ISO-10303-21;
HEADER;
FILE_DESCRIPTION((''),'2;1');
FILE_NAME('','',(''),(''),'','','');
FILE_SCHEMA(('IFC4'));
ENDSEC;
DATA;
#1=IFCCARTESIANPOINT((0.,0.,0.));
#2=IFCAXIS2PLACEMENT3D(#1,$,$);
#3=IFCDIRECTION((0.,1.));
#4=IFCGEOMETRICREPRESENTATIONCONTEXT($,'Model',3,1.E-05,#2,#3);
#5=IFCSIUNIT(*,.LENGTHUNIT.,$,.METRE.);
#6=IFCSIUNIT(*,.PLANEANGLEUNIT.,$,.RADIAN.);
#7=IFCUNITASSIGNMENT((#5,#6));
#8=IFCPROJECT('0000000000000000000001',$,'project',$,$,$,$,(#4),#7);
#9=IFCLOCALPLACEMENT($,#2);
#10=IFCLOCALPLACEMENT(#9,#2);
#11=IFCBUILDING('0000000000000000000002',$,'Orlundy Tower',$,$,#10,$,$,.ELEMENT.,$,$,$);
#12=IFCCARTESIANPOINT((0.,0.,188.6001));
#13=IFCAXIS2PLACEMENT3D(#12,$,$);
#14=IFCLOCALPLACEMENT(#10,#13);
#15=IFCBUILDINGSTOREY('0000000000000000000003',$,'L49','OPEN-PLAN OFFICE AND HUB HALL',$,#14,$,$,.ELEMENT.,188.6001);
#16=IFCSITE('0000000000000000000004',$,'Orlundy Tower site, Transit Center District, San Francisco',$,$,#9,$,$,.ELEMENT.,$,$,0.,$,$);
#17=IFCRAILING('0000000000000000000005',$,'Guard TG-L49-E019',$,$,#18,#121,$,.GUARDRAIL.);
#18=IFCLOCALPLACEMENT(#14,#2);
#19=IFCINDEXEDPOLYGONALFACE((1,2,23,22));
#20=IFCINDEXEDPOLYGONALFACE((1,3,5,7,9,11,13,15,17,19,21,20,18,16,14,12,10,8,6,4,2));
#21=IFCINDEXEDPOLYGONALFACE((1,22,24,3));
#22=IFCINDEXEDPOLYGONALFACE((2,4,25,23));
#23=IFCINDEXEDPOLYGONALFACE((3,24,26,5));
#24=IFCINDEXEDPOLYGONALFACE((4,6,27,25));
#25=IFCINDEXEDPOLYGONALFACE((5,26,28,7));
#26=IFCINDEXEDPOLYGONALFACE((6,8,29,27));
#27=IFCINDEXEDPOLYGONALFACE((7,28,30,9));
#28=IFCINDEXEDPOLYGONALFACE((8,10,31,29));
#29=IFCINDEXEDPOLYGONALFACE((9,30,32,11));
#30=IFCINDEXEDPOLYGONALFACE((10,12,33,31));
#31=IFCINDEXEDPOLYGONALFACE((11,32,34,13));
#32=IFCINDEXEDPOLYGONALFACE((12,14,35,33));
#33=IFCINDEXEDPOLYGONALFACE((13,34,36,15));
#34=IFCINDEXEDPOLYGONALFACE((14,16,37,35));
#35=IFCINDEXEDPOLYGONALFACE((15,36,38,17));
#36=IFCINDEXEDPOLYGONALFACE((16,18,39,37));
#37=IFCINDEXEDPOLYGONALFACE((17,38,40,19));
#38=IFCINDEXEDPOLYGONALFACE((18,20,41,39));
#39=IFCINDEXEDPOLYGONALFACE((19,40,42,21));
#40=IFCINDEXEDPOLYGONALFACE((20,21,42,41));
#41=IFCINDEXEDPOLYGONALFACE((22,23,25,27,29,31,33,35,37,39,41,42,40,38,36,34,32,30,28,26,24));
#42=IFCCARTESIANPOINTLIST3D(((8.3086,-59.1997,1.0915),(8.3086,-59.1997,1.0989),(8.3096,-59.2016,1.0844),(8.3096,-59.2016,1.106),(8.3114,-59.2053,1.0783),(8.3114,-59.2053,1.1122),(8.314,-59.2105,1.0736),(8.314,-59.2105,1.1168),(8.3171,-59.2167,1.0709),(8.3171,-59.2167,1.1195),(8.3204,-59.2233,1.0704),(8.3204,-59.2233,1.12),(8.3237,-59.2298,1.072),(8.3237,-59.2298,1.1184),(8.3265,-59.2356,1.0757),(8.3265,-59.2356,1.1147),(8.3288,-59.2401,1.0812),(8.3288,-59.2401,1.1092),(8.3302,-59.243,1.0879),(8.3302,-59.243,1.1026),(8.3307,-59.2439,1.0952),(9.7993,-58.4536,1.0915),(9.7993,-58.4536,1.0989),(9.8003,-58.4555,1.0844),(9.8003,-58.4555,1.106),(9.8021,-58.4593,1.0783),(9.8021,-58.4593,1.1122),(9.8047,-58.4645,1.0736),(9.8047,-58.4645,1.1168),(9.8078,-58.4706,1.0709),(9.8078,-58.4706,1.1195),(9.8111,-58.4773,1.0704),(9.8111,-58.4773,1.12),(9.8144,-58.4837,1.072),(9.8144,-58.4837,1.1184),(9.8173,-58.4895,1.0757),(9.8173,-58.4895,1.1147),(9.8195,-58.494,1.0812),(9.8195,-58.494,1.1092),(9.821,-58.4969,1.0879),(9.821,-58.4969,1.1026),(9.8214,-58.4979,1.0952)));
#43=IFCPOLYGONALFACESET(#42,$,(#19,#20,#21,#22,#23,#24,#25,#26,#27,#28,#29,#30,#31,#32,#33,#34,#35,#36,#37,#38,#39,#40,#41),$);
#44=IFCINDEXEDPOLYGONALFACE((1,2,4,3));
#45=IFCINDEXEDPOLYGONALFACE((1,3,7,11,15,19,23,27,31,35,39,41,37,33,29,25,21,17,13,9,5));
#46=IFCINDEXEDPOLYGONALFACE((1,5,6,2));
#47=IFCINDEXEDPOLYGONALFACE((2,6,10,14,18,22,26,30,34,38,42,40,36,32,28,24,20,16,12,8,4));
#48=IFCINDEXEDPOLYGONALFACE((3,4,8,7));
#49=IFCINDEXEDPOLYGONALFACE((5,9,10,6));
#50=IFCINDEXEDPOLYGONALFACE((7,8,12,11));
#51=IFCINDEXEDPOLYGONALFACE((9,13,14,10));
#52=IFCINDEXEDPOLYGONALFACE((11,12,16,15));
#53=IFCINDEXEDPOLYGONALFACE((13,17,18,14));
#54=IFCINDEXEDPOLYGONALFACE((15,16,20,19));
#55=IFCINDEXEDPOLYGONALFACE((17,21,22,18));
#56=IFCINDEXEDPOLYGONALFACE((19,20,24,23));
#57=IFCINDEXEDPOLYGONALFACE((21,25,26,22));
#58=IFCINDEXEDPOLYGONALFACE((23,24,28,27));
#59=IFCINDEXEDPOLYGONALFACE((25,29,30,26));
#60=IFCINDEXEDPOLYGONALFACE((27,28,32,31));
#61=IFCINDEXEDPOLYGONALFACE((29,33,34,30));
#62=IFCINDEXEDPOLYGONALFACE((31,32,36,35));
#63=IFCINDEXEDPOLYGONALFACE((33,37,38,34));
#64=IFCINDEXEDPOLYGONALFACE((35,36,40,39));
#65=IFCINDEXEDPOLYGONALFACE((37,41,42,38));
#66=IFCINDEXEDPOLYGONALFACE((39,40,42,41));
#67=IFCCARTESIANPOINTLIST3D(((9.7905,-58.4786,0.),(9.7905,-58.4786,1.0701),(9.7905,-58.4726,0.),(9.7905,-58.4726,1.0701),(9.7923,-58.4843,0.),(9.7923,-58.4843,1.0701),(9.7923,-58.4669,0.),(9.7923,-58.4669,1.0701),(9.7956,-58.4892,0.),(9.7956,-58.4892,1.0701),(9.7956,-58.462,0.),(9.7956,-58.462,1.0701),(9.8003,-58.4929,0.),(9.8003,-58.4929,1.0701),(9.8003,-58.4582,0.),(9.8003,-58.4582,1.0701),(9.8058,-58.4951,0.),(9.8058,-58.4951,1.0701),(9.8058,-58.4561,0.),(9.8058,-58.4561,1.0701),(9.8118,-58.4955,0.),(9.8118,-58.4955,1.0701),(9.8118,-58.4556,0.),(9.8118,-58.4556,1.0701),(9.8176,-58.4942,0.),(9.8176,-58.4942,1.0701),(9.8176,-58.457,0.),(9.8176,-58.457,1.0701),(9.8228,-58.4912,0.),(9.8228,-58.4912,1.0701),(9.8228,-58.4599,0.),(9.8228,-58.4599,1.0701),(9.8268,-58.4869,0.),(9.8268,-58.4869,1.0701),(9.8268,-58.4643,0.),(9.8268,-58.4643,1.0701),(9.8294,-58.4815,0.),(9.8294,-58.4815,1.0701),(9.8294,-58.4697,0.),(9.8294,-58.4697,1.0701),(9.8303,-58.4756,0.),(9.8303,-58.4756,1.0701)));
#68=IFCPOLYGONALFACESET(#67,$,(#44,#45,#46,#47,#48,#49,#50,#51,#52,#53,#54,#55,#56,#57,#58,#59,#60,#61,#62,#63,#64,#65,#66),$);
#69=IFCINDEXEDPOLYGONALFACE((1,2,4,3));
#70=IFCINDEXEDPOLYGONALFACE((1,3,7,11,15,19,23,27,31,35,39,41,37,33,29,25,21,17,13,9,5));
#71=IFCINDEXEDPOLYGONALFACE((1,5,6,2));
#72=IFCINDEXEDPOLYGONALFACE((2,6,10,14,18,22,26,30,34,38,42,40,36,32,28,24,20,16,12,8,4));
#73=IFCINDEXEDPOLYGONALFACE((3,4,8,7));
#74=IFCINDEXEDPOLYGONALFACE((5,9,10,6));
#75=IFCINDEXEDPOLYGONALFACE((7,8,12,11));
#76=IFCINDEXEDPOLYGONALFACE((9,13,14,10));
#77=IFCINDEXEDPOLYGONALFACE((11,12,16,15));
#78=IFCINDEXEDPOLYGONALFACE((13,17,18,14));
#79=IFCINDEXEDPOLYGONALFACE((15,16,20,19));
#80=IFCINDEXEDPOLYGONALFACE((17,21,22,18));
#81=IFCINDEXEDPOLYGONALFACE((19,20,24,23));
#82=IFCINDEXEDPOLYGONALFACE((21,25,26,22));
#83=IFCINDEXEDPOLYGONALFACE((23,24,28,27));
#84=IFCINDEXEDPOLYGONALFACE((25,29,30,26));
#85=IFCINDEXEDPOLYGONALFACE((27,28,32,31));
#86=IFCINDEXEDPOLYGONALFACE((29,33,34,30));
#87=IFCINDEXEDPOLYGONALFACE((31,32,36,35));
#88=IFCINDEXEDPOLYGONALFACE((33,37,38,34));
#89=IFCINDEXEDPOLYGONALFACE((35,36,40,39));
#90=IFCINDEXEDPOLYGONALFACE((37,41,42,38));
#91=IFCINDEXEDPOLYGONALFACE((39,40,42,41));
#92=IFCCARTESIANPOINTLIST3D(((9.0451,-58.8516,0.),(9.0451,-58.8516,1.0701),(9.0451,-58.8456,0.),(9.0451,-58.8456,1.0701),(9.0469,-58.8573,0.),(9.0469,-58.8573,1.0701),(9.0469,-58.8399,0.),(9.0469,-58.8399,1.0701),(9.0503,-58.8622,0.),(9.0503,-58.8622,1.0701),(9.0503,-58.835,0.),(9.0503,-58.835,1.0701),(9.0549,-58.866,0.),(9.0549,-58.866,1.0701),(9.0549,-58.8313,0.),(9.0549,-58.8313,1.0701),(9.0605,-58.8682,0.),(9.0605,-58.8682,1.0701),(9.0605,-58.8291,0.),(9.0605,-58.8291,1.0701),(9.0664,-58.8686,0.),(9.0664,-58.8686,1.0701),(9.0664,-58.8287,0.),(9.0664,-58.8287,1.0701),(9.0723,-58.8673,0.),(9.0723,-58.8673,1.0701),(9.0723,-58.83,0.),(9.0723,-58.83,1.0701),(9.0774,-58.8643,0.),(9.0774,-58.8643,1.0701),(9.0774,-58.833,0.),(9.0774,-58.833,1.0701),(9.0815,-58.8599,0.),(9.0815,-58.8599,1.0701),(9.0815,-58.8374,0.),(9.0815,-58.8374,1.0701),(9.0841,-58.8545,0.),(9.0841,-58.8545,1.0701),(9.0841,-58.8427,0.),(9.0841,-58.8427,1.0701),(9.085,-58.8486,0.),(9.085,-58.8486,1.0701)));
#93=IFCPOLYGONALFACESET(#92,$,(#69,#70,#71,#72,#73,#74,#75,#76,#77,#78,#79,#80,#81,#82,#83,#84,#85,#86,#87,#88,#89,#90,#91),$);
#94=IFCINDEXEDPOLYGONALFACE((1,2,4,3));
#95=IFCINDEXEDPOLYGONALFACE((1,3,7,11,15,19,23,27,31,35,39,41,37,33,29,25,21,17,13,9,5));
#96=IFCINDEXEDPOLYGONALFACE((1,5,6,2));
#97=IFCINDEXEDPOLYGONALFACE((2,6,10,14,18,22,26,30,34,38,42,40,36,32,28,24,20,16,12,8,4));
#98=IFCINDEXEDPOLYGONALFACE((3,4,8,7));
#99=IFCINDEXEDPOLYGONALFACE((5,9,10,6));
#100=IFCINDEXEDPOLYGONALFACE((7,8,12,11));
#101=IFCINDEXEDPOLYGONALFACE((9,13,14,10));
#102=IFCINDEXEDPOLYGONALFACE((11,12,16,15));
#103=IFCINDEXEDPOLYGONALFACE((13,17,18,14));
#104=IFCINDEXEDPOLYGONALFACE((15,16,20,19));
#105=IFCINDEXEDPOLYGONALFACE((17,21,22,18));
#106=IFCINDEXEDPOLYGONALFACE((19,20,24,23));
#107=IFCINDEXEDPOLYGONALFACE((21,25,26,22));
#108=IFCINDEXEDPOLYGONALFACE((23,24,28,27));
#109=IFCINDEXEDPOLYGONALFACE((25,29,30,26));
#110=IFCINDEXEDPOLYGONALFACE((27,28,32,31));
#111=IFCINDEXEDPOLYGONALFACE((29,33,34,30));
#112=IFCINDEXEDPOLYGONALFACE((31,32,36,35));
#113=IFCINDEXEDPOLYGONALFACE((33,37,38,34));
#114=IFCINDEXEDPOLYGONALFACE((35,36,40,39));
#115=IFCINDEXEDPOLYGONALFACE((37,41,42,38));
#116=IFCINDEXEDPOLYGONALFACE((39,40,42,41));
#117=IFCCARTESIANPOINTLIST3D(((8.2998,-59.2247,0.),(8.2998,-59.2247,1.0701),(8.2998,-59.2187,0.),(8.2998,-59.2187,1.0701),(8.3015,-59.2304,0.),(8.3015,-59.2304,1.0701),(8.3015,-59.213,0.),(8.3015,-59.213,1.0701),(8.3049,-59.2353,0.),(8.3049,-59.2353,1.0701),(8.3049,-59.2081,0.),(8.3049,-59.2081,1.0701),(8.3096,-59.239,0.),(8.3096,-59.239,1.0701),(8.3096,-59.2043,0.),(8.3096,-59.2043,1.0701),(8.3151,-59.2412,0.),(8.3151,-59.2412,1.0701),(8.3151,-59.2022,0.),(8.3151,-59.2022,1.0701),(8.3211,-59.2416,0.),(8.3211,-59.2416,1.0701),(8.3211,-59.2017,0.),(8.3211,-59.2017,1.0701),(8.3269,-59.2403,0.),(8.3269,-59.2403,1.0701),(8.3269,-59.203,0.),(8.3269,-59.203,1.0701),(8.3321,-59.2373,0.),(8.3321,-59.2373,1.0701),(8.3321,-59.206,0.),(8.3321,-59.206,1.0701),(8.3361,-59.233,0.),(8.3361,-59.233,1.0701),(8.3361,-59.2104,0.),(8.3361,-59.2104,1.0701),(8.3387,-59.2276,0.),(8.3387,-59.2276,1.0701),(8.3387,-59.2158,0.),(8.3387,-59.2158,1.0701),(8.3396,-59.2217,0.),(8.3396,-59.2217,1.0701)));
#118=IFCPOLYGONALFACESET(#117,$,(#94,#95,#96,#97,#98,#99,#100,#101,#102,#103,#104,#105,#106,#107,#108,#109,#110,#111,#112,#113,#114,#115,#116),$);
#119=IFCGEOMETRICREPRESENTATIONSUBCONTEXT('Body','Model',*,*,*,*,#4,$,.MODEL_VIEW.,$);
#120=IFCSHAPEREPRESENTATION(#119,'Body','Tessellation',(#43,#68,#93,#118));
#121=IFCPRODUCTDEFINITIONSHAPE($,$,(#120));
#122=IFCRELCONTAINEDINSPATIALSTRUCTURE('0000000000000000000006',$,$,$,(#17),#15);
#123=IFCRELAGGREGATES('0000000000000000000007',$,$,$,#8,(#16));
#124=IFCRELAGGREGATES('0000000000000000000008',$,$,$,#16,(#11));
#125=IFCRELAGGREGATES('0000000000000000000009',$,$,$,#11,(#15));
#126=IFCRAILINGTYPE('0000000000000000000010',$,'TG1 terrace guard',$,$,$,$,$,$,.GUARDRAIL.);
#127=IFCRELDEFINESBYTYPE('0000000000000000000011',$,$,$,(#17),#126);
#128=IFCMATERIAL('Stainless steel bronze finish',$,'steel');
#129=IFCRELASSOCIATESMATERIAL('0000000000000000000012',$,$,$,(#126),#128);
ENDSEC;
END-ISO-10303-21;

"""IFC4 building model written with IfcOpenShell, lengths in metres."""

from ifc_helpers import new_model, si_unit, direction, frame, origin, origin_2d, place, context, subcontext, project, spatial, circle, extrude, material, type_object, element, save


model = new_model("IFC4")

# Units and contexts
model_context = context("Model", 3, precision=1e-05, world=origin(), true_north=direction((0.0, 1.0)))
body_context = subcontext(model_context, "Body", "Model", "MODEL_VIEW")
ifc_project = project(units=[si_unit("LENGTHUNIT", "METRE"), si_unit("PLANEANGLEUNIT", "RADIAN")], contexts=[model_context])

# Site, building, storey
site_placement = place(None, origin())
site = spatial("IfcSite", under=ifc_project, at=site_placement, Name="Orlundy Tower site, Transit Center District, San Francisco", CompositionType="ELEMENT", RefElevation=0.0)
building_placement = place(site_placement, origin())
building = spatial("IfcBuilding", under=site, at=building_placement, Name="Orlundy Tower", CompositionType="ELEMENT")
storey_placement = place(building_placement, frame((0.0, 0.0, 188.6001)))
storey = spatial("IfcBuildingStorey", under=building, at=storey_placement, Name="L49", Description="OPEN-PLAN OFFICE AND HUB HALL", CompositionType="ELEMENT", Elevation=188.6001)

# Railing
ifc_material_1 = material(Name="Stainless steel bronze finish", Category="steel")
railing_type = type_object("IfcRailingType", Name="TG1 terrace guard", PredefinedType="GUARDRAIL", material=ifc_material_1)
railing_1_placement = place(storey_placement, frame((9.8103, -58.4756, 0.0)))
element("IfcRailing", 1, at=railing_1_placement, inside=storey, type_object=railing_type, Name="Guard TG-L49-E019", PredefinedType="GUARDRAIL", context=body_context, shape_type="SweptSolid", body=[
    extrude(circle(Radius=0.0249, at=origin_2d()), frame((0.0, 0.0, 1.0952), z_axis=(-0.894251, -0.447565, 0.0), x_axis=(0.447565, -0.894251, 0.0)), (0.0, 0.0, 1.0), 1.667),
    extrude(circle(Radius=0.02, at=origin_2d()), origin(), (0.0, 0.0, 1.0), 1.0701),
    extrude(circle(Radius=0.02, at=origin_2d()), frame((-0.7454, -0.373, 0.0)), (0.0, 0.0, 1.0), 1.0701),
    extrude(circle(Radius=0.02, at=origin_2d()), frame((-1.4907, -0.7461, 0.0)), (0.0, 0.0, 1.0), 1.0701),
])

save(model, "model.ifc")
